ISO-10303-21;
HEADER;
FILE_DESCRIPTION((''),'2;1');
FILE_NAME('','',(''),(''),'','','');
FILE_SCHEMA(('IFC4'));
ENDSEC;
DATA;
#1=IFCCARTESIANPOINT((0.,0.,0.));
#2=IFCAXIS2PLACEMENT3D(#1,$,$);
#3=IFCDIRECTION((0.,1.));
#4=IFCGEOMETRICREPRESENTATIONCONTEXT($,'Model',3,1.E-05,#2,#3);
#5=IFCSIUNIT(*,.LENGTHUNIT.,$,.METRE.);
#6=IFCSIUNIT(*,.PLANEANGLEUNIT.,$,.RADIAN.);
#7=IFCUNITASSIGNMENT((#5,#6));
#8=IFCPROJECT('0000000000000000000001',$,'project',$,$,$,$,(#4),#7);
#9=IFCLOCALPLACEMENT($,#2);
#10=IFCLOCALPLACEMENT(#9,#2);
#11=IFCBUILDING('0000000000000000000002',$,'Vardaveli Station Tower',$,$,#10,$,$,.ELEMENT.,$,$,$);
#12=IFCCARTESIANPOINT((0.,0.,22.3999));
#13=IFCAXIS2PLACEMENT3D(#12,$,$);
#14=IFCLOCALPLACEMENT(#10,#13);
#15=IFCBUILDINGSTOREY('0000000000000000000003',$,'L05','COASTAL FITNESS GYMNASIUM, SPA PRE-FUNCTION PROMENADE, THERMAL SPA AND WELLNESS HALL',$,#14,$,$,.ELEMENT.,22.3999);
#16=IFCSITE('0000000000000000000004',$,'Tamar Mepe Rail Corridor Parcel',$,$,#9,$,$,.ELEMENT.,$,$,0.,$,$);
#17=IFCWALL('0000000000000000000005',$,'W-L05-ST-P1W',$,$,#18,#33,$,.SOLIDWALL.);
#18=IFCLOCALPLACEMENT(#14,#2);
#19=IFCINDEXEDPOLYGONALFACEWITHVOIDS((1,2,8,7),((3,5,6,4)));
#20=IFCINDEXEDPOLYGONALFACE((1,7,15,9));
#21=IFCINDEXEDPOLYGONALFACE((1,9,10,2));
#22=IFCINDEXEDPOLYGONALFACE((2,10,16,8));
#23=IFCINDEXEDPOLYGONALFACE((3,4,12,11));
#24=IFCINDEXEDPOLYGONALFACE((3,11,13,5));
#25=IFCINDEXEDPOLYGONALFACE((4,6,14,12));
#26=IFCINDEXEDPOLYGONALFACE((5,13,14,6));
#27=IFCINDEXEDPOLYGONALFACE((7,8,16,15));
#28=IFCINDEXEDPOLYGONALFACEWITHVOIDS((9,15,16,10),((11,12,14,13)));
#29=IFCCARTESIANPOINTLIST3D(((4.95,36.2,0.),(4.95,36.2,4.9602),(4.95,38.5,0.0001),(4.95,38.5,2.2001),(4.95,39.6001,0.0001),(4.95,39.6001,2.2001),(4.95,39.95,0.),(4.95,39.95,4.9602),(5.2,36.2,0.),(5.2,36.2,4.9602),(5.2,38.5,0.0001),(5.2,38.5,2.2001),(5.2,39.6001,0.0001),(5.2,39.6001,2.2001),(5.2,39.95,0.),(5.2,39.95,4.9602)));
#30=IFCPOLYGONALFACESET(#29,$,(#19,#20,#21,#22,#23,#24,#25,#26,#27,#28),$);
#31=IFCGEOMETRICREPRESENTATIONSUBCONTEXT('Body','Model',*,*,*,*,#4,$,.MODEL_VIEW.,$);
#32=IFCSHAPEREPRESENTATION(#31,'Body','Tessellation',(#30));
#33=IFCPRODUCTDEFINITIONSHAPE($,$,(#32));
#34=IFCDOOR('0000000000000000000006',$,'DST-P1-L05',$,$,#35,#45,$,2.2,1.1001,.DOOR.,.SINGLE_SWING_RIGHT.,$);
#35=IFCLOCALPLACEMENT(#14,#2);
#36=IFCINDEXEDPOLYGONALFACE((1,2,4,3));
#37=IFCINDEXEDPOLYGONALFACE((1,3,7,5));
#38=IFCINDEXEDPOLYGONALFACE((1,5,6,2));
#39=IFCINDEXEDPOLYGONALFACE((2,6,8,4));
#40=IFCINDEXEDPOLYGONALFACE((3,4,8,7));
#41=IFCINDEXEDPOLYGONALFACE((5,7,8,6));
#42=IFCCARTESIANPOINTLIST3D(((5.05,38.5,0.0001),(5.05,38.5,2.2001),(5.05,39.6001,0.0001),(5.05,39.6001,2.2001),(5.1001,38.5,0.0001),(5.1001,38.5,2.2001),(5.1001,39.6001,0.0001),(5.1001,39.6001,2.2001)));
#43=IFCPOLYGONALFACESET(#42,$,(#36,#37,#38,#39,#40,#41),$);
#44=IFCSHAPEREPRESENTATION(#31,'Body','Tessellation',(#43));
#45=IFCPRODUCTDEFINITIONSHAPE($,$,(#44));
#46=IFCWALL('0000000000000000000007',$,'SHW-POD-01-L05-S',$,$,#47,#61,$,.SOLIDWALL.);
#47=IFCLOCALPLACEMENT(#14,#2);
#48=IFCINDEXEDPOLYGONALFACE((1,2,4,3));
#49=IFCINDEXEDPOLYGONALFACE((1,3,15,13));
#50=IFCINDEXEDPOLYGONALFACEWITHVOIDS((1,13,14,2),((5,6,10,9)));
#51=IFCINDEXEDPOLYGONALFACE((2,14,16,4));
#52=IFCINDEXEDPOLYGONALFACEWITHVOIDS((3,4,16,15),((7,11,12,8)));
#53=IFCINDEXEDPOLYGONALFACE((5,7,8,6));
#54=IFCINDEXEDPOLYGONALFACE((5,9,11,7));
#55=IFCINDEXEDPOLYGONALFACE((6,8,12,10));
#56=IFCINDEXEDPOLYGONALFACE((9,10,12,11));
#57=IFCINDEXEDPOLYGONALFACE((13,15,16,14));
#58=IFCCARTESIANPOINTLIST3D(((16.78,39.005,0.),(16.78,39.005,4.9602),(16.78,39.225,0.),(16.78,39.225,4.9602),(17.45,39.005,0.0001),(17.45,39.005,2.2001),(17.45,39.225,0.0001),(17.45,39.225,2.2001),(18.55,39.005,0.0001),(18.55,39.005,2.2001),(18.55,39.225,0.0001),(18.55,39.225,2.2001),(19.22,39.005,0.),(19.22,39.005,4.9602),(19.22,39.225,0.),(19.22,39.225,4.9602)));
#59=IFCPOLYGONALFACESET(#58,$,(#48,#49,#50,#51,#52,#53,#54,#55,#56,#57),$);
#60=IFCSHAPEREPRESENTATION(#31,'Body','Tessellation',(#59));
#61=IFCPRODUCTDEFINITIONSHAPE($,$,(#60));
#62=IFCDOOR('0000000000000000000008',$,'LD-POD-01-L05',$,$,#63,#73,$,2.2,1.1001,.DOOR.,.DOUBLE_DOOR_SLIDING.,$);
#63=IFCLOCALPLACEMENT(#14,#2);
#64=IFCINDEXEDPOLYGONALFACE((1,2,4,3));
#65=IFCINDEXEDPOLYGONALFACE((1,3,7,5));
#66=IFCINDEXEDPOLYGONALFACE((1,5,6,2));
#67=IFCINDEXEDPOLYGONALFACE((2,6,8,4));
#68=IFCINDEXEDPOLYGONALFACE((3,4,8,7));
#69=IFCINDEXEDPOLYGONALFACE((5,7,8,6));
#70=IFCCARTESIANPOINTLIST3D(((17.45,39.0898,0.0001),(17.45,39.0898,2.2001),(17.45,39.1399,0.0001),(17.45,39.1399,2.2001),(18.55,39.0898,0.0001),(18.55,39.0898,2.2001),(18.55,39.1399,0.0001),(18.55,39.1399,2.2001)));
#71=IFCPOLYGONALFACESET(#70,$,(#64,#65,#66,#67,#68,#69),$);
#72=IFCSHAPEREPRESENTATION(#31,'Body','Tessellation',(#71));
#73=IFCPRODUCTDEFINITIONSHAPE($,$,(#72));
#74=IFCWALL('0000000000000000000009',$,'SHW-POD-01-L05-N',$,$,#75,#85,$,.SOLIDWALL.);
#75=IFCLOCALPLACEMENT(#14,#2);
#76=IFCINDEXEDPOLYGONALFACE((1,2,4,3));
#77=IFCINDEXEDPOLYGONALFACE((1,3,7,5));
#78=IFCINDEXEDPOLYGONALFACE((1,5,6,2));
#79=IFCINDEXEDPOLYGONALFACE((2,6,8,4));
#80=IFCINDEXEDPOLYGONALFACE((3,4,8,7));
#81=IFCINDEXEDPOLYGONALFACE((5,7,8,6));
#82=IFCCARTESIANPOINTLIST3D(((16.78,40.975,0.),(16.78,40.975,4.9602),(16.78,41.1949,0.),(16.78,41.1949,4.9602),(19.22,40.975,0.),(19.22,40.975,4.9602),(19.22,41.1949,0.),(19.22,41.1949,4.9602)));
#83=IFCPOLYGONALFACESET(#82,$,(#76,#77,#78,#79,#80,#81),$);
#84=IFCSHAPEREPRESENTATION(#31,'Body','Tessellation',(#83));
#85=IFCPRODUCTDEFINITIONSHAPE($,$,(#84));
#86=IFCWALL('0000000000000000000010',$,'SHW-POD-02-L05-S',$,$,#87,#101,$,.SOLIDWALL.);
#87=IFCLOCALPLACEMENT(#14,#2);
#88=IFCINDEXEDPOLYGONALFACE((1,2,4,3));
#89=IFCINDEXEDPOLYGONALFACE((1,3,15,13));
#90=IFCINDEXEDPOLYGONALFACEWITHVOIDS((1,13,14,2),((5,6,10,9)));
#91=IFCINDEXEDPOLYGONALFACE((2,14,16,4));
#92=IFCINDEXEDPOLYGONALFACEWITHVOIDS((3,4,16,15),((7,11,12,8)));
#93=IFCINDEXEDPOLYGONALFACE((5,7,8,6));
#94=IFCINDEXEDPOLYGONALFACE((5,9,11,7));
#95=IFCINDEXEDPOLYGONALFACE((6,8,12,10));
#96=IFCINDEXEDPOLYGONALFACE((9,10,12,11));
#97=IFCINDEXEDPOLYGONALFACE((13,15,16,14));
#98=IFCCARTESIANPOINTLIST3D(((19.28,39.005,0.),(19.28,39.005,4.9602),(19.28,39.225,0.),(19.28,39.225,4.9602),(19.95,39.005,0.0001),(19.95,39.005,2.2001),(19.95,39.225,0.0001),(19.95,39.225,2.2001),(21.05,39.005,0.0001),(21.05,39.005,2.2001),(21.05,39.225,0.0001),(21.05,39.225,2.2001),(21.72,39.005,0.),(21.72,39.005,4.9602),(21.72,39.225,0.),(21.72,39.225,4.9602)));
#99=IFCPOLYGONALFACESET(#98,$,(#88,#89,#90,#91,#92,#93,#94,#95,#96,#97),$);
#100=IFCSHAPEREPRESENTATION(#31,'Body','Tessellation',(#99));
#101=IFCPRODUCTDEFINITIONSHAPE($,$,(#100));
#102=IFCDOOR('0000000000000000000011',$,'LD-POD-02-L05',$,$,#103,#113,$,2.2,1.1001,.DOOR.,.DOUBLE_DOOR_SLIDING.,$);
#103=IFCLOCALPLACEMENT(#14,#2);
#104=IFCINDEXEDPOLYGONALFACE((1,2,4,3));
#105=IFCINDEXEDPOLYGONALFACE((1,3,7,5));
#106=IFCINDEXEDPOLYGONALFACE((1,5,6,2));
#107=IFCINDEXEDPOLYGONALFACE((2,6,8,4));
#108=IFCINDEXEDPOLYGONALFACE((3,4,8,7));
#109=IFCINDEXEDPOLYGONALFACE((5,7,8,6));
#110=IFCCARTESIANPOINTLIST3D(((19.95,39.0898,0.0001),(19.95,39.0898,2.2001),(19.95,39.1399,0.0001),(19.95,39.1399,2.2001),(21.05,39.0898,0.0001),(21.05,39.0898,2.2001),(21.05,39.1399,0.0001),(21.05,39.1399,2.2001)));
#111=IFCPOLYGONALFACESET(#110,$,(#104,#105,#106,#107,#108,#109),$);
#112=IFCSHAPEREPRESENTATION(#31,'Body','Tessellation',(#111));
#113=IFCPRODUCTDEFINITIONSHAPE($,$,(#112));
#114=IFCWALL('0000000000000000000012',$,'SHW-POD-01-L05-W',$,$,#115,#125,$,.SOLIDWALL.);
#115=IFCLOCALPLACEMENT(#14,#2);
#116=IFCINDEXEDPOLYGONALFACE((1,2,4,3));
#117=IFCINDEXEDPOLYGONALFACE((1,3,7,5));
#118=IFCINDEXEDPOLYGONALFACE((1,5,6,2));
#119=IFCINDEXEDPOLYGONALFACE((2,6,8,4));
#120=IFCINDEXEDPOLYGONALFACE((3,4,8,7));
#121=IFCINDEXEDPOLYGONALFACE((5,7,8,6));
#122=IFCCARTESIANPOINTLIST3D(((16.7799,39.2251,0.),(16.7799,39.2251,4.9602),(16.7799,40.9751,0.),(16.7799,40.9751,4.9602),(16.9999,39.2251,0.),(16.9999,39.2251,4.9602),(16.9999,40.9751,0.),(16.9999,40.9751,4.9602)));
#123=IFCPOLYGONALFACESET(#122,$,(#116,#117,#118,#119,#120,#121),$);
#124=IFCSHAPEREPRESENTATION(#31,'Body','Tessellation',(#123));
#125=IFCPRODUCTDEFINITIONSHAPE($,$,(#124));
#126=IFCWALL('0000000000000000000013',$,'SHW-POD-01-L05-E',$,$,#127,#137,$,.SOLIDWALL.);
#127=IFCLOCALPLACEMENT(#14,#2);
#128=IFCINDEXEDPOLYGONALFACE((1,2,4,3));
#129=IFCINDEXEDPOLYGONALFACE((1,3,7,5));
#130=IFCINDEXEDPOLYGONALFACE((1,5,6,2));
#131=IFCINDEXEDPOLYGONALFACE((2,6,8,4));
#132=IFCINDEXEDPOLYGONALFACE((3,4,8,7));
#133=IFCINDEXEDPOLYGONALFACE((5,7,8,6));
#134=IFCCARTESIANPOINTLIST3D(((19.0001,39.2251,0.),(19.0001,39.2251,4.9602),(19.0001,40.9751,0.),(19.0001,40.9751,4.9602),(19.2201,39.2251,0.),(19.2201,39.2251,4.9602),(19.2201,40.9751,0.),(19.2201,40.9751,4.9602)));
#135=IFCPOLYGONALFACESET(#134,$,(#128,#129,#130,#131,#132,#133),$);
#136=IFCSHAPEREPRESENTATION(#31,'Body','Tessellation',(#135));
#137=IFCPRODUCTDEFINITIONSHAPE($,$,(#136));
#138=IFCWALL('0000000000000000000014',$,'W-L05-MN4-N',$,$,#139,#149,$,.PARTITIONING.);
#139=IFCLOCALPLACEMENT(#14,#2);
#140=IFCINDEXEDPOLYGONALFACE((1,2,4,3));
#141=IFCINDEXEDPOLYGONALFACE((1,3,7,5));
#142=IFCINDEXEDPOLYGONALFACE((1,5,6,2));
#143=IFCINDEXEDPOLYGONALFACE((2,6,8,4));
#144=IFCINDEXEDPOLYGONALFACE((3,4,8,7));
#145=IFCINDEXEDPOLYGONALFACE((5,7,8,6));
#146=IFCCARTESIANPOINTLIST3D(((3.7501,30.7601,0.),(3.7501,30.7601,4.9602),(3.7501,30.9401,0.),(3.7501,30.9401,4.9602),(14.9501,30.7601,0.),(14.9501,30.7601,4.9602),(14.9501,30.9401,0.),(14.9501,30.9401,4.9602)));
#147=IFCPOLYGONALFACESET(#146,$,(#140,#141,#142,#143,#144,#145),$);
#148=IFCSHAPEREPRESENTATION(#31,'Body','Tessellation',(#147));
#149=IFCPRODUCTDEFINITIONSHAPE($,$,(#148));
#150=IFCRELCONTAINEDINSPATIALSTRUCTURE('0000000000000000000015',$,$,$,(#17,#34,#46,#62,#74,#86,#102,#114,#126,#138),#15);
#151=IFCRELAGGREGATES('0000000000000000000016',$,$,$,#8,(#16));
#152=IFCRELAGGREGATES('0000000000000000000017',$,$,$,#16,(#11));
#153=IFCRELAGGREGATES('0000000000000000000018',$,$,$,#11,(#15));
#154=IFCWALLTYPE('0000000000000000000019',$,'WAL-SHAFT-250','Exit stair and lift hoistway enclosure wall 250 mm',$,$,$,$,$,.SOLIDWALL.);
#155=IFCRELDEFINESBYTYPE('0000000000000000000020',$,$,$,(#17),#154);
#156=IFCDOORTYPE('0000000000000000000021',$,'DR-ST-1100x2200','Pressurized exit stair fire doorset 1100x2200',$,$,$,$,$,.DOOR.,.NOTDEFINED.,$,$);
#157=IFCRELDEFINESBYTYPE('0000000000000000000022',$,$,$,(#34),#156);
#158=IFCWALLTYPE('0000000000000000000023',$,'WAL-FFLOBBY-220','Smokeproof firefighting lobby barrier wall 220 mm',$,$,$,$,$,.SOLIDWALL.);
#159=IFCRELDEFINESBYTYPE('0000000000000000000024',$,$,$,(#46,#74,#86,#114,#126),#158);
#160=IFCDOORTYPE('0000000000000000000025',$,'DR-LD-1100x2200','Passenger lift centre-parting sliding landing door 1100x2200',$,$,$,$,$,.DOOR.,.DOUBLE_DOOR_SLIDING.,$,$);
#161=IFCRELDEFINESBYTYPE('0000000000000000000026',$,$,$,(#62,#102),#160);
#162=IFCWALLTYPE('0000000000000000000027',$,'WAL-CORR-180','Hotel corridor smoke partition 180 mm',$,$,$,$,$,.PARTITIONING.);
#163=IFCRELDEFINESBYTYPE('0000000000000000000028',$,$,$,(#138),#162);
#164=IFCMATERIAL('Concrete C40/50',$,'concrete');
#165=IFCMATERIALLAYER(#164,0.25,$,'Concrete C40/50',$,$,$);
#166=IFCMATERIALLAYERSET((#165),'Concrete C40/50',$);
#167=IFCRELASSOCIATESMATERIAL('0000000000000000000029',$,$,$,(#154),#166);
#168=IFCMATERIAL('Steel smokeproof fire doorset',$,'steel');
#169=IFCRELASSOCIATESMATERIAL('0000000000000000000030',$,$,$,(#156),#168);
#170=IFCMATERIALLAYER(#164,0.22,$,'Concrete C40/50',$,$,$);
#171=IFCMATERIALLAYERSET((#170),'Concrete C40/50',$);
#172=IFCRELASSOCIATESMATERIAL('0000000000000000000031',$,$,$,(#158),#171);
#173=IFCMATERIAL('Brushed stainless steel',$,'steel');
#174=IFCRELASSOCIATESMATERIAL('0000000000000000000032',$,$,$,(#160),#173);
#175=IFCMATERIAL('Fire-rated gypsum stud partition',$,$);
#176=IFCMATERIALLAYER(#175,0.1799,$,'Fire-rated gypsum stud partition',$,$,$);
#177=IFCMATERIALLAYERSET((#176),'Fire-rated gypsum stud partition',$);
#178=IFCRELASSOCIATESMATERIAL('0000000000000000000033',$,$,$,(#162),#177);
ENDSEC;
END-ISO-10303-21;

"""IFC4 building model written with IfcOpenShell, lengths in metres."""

from ifc_helpers import new_model, si_unit, direction, frame, frame_2d, origin, place, context, subcontext, project, spatial, rectangle, extrude, source, transform, mapped, material, layer, layer_set, type_object, element, fill, save


model = new_model("IFC4")

# Units and contexts
model_context = context("Model", 3, precision=1e-05, world=origin(), true_north=direction((0.0, 1.0)))
body_context = subcontext(model_context, "Body", "Model", "MODEL_VIEW")
ifc_project = project(units=[si_unit("LENGTHUNIT", "METRE"), si_unit("PLANEANGLEUNIT", "RADIAN")], contexts=[model_context])

# Site, building, storey
site_placement = place(None, origin())
site = spatial("IfcSite", under=ifc_project, at=site_placement, Name="Tamar Mepe Rail Corridor Parcel", CompositionType="ELEMENT", RefElevation=0.0)
building_placement = place(site_placement, origin())
building = spatial("IfcBuilding", under=site, at=building_placement, Name="Vardaveli Station Tower", CompositionType="ELEMENT")
storey_placement = place(building_placement, frame((0.0, 0.0, 22.3999)))
storey = spatial("IfcBuildingStorey", under=building, at=storey_placement, Name="L05", Description="COASTAL FITNESS GYMNASIUM, SPA PRE-FUNCTION PROMENADE, THERMAL SPA AND WELLNESS HALL", CompositionType="ELEMENT", Elevation=22.3999)

# Shared definitions
ifc_material_1 = material(Name="Concrete C40/50", Category="concrete")
ifc_layer_1 = layer(ifc_material_1, 0.25, Name="Concrete C40/50")
ifc_layer_set_1 = layer_set([ifc_layer_1], Name="Concrete C40/50")
wall_type_1 = type_object("IfcWallType", Name="WAL-SHAFT-250", Description="Exit stair and lift hoistway enclosure wall 250 mm", PredefinedType="SOLIDWALL", material=ifc_layer_set_1)
shared_shape_1 = source(origin(), body_context, "Body", "SweptSolid", [
    extrude(rectangle(XDim=3.75, YDim=0.25, at=frame_2d((1.875, 0.0))), origin(), (0.0, 0.0, 1.0), 4.9602),
])

# Walls, openings, doors
wall_1_placement = place(storey_placement, frame((5.075, 36.2, 0.0), z_axis=(0.0, 0.0, 1.0), x_axis=(0.0, 1.0, 0.0)))
wall_1 = element("IfcWall", 1, at=wall_1_placement, inside=storey, type_object=wall_type_1, Name="W-L05-ST-P1W", PredefinedType="SOLIDWALL", context=body_context, shape_type="MappedRepresentation", body=[
    mapped(shared_shape_1, transform((0.0, 0.0, 0.0), scale=1.0)),
])
shared_shape_2 = source(origin(), body_context, "Body", "SweptSolid", [
    extrude(rectangle(XDim=1.1001, YDim=2.2, at=frame_2d((0.55, 1.1001))), frame((0.0, 0.135, 0.0), z_axis=(0.0, -1.0, 0.0), x_axis=(1.0, 0.0, 0.0)), (0.0, 0.0, 1.0), 0.27),
])
opening_1_placement = place(wall_1_placement, frame((2.3, 0.0, 0.0)))
opening_1 = element("IfcOpeningElement", 2, at=opening_1_placement, cuts=wall_1, PredefinedType="OPENING", context=body_context, shape_type="MappedRepresentation", body=[
    mapped(shared_shape_2, transform((0.0, 0.0, 0.0), scale=1.0)),
])
ifc_material_2 = material(Name="Steel smokeproof fire doorset", Category="steel")
door_type_1 = type_object("IfcDoorType", Name="DR-ST-1100x2200", Description="Pressurized exit stair fire doorset 1100x2200", OperationType="NOTDEFINED", PredefinedType="DOOR", material=ifc_material_2)
shared_shape_3 = source(origin(), body_context, "Body", "SweptSolid", [
    extrude(rectangle(XDim=1.1001, YDim=2.2, at=frame_2d((0.55, 1.1001))), frame((0.0, 0.0249, 0.0), z_axis=(0.0, -1.0, 0.0), x_axis=(1.0, 0.0, 0.0)), (0.0, 0.0, 1.0), 0.05),
])
door_1_placement = place(opening_1_placement, origin())
door_1 = element("IfcDoor", 3, at=door_1_placement, inside=storey, type_object=door_type_1, Name="DST-P1-L05", OperationType="SINGLE_SWING_RIGHT", OverallHeight=2.2, OverallWidth=1.1001, PredefinedType="DOOR", context=body_context, shape_type="MappedRepresentation", body=[
    mapped(shared_shape_3, transform((0.0, 0.0, 0.0), scale=1.0)),
])
fill(opening_1, door_1)
ifc_layer_2 = layer(ifc_material_1, 0.22, Name="Concrete C40/50")
ifc_layer_set_2 = layer_set([ifc_layer_2], Name="Concrete C40/50")
wall_type_2 = type_object("IfcWallType", Name="WAL-FFLOBBY-220", Description="Smokeproof firefighting lobby barrier wall 220 mm", PredefinedType="SOLIDWALL", material=ifc_layer_set_2)
shared_shape_4 = source(origin(), body_context, "Body", "SweptSolid", [
    extrude(rectangle(XDim=2.4399, YDim=0.22, at=frame_2d((1.22, 0.0))), origin(), (0.0, 0.0, 1.0), 4.9602),
])
wall_2_placement = place(storey_placement, frame((16.78, 39.115, 0.0), z_axis=(0.0, 0.0, 1.0), x_axis=(1.0, 0.0, 0.0)))
wall_2 = element("IfcWall", 4, at=wall_2_placement, inside=storey, type_object=wall_type_2, Name="SHW-POD-01-L05-S", PredefinedType="SOLIDWALL", context=body_context, shape_type="MappedRepresentation", body=[
    mapped(shared_shape_4, transform((0.0, 0.0, 0.0), scale=1.0)),
])
shared_shape_5 = source(origin(), body_context, "Body", "SweptSolid", [
    extrude(rectangle(XDim=1.1001, YDim=2.2, at=frame_2d((0.55, 1.1001))), frame((0.0, 0.1201, 0.0), z_axis=(0.0, -1.0, 0.0), x_axis=(1.0, 0.0, 0.0)), (0.0, 0.0, 1.0), 0.24),
])
opening_2_placement = place(wall_2_placement, frame((0.6699, 0.0, 0.0)))
opening_2 = element("IfcOpeningElement", 5, at=opening_2_placement, cuts=wall_2, PredefinedType="OPENING", context=body_context, shape_type="MappedRepresentation", body=[
    mapped(shared_shape_5, transform((0.0, 0.0, 0.0), scale=1.0)),
])
ifc_material_3 = material(Name="Brushed stainless steel", Category="steel")
door_type_2 = type_object("IfcDoorType", Name="DR-LD-1100x2200", Description="Passenger lift centre-parting sliding landing door 1100x2200", OperationType="DOUBLE_DOOR_SLIDING", PredefinedType="DOOR", material=ifc_material_3)
door_2_placement = place(opening_2_placement, origin())
door_2 = element("IfcDoor", 6, at=door_2_placement, inside=storey, type_object=door_type_2, Name="LD-POD-01-L05", OperationType="DOUBLE_DOOR_SLIDING", OverallHeight=2.2, OverallWidth=1.1001, PredefinedType="DOOR", context=body_context, shape_type="MappedRepresentation", body=[
    mapped(shared_shape_3, transform((0.0, 0.0, 0.0), scale=1.0)),
])
fill(opening_2, door_2)

# Wall
wall_3_placement = place(storey_placement, frame((16.78, 41.085, 0.0), z_axis=(0.0, 0.0, 1.0), x_axis=(1.0, 0.0, 0.0)))
element("IfcWall", 7, at=wall_3_placement, inside=storey, type_object=wall_type_2, Name="SHW-POD-01-L05-N", PredefinedType="SOLIDWALL", context=body_context, shape_type="MappedRepresentation", body=[
    mapped(shared_shape_4, transform((0.0, 0.0, 0.0), scale=1.0)),
])

# Wall, opening, door
wall_4_placement = place(storey_placement, frame((19.28, 39.115, 0.0), z_axis=(0.0, 0.0, 1.0), x_axis=(1.0, 0.0, 0.0)))
wall_4 = element("IfcWall", 8, at=wall_4_placement, inside=storey, type_object=wall_type_2, Name="SHW-POD-02-L05-S", PredefinedType="SOLIDWALL", context=body_context, shape_type="MappedRepresentation", body=[
    mapped(shared_shape_4, transform((0.0, 0.0, 0.0), scale=1.0)),
])
opening_3_placement = place(wall_4_placement, frame((0.6699, 0.0, 0.0)))
opening_3 = element("IfcOpeningElement", 9, at=opening_3_placement, cuts=wall_4, PredefinedType="OPENING", context=body_context, shape_type="MappedRepresentation", body=[
    mapped(shared_shape_5, transform((0.0, 0.0, 0.0), scale=1.0)),
])
door_3_placement = place(opening_3_placement, origin())
door_3 = element("IfcDoor", 10, at=door_3_placement, inside=storey, type_object=door_type_2, Name="LD-POD-02-L05", OperationType="DOUBLE_DOOR_SLIDING", OverallHeight=2.2, OverallWidth=1.1001, PredefinedType="DOOR", context=body_context, shape_type="MappedRepresentation", body=[
    mapped(shared_shape_3, transform((0.0, 0.0, 0.0), scale=1.0)),
])
fill(opening_3, door_3)

# Walls
shared_shape_6 = source(origin(), body_context, "Body", "SweptSolid", [
    extrude(rectangle(XDim=1.75, YDim=0.22, at=frame_2d((0.875, 0.0))), origin(), (0.0, 0.0, 1.0), 4.9602),
])
for number, where, z_axis, x_axis, name in (
    (11, (16.8899, 39.2251, 0.0), (0.0, 0.0, 1.0), (0.0, 1.0, 0.0), "SHW-POD-01-L05-W"),
    (12, (19.1101, 39.2251, 0.0), (0.0, 0.0, 1.0), (0.0, 1.0, 0.0), "SHW-POD-01-L05-E"),
):
    element("IfcWall", number, at=place(storey_placement, frame(where, z_axis=z_axis, x_axis=x_axis)), inside=storey, type_object=wall_type_2, Name=name, PredefinedType="SOLIDWALL", context=body_context, shape_type="MappedRepresentation", body=[
        mapped(shared_shape_6, transform((0.0, 0.0, 0.0), scale=1.0)),
    ])
ifc_material_4 = material(Name="Fire-rated gypsum stud partition")
ifc_layer_3 = layer(ifc_material_4, 0.1799, Name="Fire-rated gypsum stud partition")
ifc_layer_set_3 = layer_set([ifc_layer_3], Name="Fire-rated gypsum stud partition")
wall_type_3 = type_object("IfcWallType", Name="WAL-CORR-180", Description="Hotel corridor smoke partition 180 mm", PredefinedType="PARTITIONING", material=ifc_layer_set_3)
shared_shape_7 = source(origin(), body_context, "Body", "SweptSolid", [
    extrude(rectangle(XDim=11.2, YDim=0.1799, at=frame_2d((5.6001, 0.0))), origin(), (0.0, 0.0, 1.0), 4.9602),
])
wall_5_placement = place(storey_placement, frame((3.75, 30.8501, 0.0), z_axis=(0.0, 0.0, 1.0), x_axis=(1.0, 0.0, 0.0)))
element("IfcWall", 13, at=wall_5_placement, inside=storey, type_object=wall_type_3, Name="W-L05-MN4-N", PredefinedType="PARTITIONING", context=body_context, shape_type="MappedRepresentation", body=[
    mapped(shared_shape_7, transform((0.0, 0.0, 0.0), scale=1.0)),
])

save(model, "model.ifc")
